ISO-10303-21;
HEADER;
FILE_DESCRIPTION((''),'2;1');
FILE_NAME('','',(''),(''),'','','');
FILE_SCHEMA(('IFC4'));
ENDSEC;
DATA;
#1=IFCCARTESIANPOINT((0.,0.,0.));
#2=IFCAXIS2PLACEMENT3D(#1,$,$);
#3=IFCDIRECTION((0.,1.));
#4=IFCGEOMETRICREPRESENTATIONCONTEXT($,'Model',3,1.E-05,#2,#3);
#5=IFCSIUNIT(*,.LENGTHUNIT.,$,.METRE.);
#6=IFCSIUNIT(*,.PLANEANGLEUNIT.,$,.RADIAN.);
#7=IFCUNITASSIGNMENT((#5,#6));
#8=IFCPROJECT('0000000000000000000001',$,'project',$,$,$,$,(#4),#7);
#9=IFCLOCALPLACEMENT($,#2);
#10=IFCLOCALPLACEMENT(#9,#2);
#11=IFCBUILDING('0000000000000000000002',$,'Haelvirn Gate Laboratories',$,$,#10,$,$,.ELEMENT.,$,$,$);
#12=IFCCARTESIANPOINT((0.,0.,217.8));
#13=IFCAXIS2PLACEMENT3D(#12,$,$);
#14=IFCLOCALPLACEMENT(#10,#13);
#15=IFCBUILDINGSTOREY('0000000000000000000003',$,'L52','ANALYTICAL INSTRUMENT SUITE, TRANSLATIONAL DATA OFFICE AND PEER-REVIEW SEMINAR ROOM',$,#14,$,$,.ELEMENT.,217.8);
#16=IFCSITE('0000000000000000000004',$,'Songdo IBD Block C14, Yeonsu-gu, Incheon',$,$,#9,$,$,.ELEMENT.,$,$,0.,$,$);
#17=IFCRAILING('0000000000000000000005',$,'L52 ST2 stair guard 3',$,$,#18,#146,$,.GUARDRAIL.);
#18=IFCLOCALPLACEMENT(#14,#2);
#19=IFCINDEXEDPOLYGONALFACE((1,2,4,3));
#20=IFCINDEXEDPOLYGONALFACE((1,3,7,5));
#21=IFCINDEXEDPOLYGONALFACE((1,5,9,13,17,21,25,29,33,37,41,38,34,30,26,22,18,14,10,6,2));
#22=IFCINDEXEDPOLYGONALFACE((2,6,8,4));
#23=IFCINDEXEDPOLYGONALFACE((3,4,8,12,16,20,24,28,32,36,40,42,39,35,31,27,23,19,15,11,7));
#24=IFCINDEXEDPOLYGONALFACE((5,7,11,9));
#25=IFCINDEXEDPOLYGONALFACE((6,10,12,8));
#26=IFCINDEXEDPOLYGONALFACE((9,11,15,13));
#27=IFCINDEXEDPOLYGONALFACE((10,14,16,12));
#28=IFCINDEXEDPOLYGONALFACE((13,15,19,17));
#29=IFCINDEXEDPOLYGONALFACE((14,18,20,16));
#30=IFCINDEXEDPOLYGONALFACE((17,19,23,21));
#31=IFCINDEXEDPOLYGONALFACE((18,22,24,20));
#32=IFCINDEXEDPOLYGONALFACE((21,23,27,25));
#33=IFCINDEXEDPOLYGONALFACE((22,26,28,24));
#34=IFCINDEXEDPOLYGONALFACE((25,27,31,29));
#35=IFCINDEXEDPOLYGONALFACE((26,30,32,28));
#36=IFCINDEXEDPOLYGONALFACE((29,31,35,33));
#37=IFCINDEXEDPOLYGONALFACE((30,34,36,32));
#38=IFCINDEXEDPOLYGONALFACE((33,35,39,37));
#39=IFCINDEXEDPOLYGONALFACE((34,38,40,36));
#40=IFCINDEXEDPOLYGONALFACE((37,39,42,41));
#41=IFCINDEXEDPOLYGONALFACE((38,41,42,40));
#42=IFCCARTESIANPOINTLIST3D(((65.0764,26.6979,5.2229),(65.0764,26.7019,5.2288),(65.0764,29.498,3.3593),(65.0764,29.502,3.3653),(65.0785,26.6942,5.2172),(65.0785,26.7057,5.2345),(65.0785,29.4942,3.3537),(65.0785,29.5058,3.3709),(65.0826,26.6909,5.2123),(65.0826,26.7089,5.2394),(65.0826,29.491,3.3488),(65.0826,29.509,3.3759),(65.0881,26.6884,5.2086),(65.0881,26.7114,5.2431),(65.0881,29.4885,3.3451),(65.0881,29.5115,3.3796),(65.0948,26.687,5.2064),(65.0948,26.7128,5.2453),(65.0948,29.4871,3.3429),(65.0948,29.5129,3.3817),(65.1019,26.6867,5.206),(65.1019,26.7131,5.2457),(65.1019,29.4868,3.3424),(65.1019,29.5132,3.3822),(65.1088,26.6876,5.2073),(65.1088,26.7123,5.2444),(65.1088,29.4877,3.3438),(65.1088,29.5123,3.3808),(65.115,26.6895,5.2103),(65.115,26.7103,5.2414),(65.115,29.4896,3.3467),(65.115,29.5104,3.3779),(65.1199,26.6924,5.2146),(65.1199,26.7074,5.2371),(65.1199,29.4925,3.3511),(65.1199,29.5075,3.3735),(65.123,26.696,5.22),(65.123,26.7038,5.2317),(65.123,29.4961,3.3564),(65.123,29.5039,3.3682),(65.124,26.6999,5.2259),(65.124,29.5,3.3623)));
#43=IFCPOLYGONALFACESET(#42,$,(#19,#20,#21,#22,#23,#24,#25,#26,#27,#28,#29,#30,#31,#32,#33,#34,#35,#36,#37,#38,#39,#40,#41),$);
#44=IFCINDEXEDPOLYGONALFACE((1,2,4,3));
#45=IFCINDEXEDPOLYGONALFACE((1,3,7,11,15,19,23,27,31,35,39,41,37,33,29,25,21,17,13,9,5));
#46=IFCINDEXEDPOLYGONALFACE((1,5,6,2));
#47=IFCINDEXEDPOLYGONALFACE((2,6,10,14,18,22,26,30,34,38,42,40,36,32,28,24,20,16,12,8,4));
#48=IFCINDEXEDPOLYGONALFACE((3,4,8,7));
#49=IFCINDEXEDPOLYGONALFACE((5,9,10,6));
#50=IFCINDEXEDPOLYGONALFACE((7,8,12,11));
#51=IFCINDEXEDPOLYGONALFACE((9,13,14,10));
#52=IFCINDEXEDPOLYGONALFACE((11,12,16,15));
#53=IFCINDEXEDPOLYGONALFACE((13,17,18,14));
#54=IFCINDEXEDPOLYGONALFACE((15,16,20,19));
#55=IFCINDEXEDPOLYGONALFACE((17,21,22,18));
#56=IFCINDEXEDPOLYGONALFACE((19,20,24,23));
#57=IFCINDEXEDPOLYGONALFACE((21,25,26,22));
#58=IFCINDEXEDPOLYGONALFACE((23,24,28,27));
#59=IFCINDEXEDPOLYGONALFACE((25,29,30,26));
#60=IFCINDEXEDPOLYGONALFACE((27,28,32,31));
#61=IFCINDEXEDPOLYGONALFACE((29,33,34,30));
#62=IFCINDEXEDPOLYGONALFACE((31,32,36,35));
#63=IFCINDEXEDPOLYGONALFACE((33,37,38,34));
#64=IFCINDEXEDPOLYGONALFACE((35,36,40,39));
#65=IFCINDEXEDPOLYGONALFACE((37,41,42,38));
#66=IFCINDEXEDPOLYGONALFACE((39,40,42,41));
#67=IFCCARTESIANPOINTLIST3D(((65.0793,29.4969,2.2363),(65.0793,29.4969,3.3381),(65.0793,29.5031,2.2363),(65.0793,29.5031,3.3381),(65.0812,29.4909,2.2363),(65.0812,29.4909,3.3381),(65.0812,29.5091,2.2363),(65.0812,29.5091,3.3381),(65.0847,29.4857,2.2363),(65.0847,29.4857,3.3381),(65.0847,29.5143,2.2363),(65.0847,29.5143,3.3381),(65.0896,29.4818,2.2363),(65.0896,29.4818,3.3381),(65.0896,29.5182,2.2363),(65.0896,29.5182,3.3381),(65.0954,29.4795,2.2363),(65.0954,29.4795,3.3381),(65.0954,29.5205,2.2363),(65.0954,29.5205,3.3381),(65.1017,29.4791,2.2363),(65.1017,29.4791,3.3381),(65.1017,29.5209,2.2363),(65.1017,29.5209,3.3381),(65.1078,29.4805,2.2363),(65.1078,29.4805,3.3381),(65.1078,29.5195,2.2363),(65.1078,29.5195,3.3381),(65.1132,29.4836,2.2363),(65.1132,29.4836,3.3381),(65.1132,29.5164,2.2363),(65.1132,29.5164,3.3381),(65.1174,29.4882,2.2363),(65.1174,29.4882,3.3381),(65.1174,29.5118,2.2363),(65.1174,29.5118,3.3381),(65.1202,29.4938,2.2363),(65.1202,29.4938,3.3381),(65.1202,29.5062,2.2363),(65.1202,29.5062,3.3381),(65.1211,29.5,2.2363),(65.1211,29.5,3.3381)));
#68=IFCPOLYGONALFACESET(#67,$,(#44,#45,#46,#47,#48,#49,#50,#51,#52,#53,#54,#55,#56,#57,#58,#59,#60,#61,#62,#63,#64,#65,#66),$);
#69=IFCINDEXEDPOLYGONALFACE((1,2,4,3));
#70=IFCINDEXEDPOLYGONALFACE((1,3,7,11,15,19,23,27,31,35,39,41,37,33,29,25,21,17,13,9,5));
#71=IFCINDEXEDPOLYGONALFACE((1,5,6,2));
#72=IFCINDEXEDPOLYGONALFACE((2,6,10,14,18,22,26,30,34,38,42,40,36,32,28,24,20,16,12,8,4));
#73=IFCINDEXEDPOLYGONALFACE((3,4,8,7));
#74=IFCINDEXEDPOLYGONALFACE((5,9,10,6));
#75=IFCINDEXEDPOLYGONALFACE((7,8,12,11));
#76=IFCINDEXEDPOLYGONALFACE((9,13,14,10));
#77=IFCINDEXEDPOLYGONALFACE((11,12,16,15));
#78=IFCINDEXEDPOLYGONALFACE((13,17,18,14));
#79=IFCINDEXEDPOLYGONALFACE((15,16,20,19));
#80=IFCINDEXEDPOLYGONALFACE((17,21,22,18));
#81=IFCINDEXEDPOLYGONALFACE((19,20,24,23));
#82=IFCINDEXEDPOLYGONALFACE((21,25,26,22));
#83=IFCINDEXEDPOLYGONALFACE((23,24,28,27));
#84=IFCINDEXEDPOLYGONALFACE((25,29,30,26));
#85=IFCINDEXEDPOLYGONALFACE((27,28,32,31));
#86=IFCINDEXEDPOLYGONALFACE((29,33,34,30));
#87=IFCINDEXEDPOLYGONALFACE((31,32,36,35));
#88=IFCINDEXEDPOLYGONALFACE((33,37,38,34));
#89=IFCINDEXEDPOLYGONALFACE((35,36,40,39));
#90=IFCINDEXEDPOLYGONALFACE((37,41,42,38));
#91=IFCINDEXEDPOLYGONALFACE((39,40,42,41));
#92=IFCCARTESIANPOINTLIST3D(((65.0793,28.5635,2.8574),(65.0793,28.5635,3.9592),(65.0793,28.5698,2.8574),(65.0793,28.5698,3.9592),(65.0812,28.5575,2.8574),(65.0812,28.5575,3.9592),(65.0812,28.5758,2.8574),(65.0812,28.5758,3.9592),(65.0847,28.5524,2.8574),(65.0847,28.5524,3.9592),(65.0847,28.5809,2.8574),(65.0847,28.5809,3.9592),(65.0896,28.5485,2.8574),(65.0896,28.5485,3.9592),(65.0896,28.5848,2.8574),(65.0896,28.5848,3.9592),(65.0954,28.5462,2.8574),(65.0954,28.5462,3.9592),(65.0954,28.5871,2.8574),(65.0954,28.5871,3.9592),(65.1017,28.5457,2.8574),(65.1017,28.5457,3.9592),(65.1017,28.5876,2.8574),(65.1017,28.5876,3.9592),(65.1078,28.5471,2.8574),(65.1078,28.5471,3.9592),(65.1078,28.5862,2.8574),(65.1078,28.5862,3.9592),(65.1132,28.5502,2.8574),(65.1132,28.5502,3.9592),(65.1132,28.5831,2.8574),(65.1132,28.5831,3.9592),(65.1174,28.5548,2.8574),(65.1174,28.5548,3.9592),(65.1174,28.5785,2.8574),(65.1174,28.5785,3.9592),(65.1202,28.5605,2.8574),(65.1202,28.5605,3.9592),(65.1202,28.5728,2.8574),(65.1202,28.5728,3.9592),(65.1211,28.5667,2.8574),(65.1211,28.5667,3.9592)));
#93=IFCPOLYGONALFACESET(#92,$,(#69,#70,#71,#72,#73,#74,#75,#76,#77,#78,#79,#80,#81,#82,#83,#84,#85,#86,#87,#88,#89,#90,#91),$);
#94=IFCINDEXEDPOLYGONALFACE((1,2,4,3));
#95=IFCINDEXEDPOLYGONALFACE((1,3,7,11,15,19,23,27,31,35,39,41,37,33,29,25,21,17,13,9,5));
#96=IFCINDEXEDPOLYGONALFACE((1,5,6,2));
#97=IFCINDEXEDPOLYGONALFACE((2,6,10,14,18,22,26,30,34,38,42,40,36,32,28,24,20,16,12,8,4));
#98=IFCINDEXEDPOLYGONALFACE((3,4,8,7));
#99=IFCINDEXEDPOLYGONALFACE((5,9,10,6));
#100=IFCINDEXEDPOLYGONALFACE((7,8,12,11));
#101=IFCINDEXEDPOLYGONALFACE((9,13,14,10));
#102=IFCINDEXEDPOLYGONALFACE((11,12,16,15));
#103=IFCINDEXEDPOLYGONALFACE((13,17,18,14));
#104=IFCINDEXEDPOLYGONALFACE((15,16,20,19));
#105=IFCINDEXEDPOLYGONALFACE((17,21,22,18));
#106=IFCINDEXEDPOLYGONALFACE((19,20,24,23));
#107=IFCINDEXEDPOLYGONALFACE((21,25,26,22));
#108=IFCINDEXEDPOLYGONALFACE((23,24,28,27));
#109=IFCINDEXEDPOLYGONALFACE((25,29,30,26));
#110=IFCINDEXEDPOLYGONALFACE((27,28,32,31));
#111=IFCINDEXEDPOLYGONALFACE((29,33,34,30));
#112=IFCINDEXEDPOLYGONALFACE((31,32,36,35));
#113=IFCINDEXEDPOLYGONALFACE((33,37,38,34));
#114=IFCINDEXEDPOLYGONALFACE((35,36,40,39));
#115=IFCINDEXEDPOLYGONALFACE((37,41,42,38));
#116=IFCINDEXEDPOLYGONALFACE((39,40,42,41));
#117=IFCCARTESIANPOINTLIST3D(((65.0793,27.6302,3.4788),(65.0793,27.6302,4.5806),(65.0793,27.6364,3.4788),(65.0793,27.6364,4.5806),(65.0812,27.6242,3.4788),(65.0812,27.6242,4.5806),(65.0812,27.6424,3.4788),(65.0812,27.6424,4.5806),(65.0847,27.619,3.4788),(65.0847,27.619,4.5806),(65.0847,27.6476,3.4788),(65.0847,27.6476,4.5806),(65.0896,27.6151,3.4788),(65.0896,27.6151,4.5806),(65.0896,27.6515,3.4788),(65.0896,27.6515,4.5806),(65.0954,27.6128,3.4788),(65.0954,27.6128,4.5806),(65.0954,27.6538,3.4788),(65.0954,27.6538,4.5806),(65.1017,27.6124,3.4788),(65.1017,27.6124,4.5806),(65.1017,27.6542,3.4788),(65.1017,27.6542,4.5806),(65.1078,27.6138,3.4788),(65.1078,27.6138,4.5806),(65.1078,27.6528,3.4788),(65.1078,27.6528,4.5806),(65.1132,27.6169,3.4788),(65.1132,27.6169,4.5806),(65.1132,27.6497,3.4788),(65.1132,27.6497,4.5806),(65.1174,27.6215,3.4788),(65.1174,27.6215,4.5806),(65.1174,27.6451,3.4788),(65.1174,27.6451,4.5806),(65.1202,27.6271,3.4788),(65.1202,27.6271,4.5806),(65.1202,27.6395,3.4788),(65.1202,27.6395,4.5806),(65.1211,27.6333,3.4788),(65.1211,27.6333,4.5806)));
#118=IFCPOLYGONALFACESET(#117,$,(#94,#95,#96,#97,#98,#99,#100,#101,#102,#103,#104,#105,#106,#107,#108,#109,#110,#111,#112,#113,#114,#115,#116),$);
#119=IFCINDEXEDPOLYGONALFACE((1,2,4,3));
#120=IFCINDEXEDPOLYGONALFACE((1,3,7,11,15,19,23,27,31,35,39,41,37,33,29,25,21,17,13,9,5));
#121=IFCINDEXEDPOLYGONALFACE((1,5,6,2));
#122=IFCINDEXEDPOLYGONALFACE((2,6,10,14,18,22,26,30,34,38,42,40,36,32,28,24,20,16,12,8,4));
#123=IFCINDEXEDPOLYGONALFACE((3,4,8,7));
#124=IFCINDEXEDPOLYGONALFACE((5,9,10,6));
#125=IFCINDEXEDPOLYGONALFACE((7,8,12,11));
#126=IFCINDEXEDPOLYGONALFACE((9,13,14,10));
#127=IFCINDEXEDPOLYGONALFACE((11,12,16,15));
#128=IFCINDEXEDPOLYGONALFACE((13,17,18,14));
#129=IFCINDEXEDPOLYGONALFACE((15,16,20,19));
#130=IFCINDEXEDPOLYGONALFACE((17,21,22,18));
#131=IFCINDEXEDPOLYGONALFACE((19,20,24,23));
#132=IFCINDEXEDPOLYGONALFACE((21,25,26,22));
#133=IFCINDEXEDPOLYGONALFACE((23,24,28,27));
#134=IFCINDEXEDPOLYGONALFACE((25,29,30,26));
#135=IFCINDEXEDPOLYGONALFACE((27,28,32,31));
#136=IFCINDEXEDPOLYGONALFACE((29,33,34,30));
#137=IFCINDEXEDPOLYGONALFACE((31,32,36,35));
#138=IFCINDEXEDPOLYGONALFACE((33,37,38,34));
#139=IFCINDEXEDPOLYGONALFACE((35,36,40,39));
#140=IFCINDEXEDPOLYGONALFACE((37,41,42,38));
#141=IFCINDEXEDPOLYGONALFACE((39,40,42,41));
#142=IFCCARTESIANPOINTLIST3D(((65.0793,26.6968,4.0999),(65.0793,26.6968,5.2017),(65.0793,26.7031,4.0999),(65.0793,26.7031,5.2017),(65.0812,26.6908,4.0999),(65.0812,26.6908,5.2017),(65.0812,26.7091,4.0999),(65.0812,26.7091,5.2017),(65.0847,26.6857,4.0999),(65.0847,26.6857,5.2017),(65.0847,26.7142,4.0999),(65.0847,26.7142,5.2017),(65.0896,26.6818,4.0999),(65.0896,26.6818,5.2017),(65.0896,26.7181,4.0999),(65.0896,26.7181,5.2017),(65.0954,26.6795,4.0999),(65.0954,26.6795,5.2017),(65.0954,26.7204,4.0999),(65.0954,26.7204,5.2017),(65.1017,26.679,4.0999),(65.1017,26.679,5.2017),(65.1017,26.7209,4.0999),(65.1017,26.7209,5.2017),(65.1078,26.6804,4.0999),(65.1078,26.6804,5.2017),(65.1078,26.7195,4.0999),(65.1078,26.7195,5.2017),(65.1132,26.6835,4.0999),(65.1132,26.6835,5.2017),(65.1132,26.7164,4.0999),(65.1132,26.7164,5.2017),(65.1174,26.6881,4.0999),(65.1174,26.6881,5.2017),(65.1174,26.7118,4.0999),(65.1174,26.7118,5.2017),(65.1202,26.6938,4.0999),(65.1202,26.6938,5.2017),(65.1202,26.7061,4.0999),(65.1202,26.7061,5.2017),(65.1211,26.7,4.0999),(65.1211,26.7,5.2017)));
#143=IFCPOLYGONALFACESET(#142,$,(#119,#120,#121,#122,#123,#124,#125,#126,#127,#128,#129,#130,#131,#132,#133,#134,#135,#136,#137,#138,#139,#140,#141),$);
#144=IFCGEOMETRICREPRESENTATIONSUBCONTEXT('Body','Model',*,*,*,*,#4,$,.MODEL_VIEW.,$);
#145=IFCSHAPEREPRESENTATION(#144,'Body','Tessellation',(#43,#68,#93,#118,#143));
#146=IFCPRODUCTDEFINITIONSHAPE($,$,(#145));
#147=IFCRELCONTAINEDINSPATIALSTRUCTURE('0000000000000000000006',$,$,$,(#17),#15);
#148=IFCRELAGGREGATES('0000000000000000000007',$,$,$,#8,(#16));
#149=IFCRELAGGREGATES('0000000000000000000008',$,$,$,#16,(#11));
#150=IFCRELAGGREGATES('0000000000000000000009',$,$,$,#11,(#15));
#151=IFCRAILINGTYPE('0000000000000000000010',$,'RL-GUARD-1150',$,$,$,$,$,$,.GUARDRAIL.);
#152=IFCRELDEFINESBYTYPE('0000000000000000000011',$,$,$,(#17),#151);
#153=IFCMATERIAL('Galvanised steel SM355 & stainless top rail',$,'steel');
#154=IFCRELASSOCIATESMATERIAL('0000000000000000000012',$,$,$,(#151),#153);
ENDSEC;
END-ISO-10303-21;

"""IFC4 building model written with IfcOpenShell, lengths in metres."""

from ifc_helpers import new_model, si_unit, direction, frame, origin, origin_2d, place, context, subcontext, project, spatial, circle, extrude, source, transform, mapped, material, type_object, element, save


model = new_model("IFC4")

# Units and contexts
model_context = context("Model", 3, precision=1e-05, world=origin(), true_north=direction((0.0, 1.0)))
body_context = subcontext(model_context, "Body", "Model", "MODEL_VIEW")
ifc_project = project(units=[si_unit("LENGTHUNIT", "METRE"), si_unit("PLANEANGLEUNIT", "RADIAN")], contexts=[model_context])

# Site, building, storey
site_placement = place(None, origin())
site = spatial("IfcSite", under=ifc_project, at=site_placement, Name="Songdo IBD Block C14, Yeonsu-gu, Incheon", CompositionType="ELEMENT", RefElevation=0.0)
building_placement = place(site_placement, origin())
building = spatial("IfcBuilding", under=site, at=building_placement, Name="Haelvirn Gate Laboratories", CompositionType="ELEMENT")
storey_placement = place(building_placement, frame((0.0, 0.0, 217.8)))
storey = spatial("IfcBuildingStorey", under=building, at=storey_placement, Name="L52", Description="ANALYTICAL INSTRUMENT SUITE, TRANSLATIONAL DATA OFFICE AND PEER-REVIEW SEMINAR ROOM", CompositionType="ELEMENT", Elevation=217.8)

# Railing
ifc_material_1 = material(Name="Galvanised steel SM355 & stainless top rail", Category="steel")
railing_type_1 = type_object("IfcRailingType", Name="RL-GUARD-1150", PredefinedType="GUARDRAIL", material=ifc_material_1)
shared_shape_1 = source(origin(), body_context, "Body", "SweptSolid", [
    extrude(circle(Radius=0.0239, at=origin_2d()), frame((0.0, 0.0, 1.126), z_axis=(0.0, -0.832486, 0.554047), x_axis=(1.0, 0.0, 0.0)), (0.0, 0.0, 1.0), 3.3635),
    extrude(circle(Radius=0.021, at=origin_2d()), origin(), (0.0, 0.0, 1.0), 1.1018),
    extrude(circle(Radius=0.021, at=origin_2d()), frame((0.0, -0.9333, 0.6211)), (0.0, 0.0, 1.0), 1.1018),
    extrude(circle(Radius=0.021, at=origin_2d()), frame((0.0, -1.8667, 1.2424)), (0.0, 0.0, 1.0), 1.1018),
    extrude(circle(Radius=0.021, at=origin_2d()), frame((0.0, -2.8, 1.8635)), (0.0, 0.0, 1.0), 1.1018),
])
railing_1_placement = place(storey_placement, frame((65.1001, 29.5, 2.2363)))
element("IfcRailing", 1, at=railing_1_placement, inside=storey, type_object=railing_type_1, Name="L52 ST2 stair guard 3", PredefinedType="GUARDRAIL", context=body_context, shape_type="MappedRepresentation", body=[
    mapped(shared_shape_1, transform((0.0, 0.0, 0.0), scale=1.0)),
])

save(model, "model.ifc")
